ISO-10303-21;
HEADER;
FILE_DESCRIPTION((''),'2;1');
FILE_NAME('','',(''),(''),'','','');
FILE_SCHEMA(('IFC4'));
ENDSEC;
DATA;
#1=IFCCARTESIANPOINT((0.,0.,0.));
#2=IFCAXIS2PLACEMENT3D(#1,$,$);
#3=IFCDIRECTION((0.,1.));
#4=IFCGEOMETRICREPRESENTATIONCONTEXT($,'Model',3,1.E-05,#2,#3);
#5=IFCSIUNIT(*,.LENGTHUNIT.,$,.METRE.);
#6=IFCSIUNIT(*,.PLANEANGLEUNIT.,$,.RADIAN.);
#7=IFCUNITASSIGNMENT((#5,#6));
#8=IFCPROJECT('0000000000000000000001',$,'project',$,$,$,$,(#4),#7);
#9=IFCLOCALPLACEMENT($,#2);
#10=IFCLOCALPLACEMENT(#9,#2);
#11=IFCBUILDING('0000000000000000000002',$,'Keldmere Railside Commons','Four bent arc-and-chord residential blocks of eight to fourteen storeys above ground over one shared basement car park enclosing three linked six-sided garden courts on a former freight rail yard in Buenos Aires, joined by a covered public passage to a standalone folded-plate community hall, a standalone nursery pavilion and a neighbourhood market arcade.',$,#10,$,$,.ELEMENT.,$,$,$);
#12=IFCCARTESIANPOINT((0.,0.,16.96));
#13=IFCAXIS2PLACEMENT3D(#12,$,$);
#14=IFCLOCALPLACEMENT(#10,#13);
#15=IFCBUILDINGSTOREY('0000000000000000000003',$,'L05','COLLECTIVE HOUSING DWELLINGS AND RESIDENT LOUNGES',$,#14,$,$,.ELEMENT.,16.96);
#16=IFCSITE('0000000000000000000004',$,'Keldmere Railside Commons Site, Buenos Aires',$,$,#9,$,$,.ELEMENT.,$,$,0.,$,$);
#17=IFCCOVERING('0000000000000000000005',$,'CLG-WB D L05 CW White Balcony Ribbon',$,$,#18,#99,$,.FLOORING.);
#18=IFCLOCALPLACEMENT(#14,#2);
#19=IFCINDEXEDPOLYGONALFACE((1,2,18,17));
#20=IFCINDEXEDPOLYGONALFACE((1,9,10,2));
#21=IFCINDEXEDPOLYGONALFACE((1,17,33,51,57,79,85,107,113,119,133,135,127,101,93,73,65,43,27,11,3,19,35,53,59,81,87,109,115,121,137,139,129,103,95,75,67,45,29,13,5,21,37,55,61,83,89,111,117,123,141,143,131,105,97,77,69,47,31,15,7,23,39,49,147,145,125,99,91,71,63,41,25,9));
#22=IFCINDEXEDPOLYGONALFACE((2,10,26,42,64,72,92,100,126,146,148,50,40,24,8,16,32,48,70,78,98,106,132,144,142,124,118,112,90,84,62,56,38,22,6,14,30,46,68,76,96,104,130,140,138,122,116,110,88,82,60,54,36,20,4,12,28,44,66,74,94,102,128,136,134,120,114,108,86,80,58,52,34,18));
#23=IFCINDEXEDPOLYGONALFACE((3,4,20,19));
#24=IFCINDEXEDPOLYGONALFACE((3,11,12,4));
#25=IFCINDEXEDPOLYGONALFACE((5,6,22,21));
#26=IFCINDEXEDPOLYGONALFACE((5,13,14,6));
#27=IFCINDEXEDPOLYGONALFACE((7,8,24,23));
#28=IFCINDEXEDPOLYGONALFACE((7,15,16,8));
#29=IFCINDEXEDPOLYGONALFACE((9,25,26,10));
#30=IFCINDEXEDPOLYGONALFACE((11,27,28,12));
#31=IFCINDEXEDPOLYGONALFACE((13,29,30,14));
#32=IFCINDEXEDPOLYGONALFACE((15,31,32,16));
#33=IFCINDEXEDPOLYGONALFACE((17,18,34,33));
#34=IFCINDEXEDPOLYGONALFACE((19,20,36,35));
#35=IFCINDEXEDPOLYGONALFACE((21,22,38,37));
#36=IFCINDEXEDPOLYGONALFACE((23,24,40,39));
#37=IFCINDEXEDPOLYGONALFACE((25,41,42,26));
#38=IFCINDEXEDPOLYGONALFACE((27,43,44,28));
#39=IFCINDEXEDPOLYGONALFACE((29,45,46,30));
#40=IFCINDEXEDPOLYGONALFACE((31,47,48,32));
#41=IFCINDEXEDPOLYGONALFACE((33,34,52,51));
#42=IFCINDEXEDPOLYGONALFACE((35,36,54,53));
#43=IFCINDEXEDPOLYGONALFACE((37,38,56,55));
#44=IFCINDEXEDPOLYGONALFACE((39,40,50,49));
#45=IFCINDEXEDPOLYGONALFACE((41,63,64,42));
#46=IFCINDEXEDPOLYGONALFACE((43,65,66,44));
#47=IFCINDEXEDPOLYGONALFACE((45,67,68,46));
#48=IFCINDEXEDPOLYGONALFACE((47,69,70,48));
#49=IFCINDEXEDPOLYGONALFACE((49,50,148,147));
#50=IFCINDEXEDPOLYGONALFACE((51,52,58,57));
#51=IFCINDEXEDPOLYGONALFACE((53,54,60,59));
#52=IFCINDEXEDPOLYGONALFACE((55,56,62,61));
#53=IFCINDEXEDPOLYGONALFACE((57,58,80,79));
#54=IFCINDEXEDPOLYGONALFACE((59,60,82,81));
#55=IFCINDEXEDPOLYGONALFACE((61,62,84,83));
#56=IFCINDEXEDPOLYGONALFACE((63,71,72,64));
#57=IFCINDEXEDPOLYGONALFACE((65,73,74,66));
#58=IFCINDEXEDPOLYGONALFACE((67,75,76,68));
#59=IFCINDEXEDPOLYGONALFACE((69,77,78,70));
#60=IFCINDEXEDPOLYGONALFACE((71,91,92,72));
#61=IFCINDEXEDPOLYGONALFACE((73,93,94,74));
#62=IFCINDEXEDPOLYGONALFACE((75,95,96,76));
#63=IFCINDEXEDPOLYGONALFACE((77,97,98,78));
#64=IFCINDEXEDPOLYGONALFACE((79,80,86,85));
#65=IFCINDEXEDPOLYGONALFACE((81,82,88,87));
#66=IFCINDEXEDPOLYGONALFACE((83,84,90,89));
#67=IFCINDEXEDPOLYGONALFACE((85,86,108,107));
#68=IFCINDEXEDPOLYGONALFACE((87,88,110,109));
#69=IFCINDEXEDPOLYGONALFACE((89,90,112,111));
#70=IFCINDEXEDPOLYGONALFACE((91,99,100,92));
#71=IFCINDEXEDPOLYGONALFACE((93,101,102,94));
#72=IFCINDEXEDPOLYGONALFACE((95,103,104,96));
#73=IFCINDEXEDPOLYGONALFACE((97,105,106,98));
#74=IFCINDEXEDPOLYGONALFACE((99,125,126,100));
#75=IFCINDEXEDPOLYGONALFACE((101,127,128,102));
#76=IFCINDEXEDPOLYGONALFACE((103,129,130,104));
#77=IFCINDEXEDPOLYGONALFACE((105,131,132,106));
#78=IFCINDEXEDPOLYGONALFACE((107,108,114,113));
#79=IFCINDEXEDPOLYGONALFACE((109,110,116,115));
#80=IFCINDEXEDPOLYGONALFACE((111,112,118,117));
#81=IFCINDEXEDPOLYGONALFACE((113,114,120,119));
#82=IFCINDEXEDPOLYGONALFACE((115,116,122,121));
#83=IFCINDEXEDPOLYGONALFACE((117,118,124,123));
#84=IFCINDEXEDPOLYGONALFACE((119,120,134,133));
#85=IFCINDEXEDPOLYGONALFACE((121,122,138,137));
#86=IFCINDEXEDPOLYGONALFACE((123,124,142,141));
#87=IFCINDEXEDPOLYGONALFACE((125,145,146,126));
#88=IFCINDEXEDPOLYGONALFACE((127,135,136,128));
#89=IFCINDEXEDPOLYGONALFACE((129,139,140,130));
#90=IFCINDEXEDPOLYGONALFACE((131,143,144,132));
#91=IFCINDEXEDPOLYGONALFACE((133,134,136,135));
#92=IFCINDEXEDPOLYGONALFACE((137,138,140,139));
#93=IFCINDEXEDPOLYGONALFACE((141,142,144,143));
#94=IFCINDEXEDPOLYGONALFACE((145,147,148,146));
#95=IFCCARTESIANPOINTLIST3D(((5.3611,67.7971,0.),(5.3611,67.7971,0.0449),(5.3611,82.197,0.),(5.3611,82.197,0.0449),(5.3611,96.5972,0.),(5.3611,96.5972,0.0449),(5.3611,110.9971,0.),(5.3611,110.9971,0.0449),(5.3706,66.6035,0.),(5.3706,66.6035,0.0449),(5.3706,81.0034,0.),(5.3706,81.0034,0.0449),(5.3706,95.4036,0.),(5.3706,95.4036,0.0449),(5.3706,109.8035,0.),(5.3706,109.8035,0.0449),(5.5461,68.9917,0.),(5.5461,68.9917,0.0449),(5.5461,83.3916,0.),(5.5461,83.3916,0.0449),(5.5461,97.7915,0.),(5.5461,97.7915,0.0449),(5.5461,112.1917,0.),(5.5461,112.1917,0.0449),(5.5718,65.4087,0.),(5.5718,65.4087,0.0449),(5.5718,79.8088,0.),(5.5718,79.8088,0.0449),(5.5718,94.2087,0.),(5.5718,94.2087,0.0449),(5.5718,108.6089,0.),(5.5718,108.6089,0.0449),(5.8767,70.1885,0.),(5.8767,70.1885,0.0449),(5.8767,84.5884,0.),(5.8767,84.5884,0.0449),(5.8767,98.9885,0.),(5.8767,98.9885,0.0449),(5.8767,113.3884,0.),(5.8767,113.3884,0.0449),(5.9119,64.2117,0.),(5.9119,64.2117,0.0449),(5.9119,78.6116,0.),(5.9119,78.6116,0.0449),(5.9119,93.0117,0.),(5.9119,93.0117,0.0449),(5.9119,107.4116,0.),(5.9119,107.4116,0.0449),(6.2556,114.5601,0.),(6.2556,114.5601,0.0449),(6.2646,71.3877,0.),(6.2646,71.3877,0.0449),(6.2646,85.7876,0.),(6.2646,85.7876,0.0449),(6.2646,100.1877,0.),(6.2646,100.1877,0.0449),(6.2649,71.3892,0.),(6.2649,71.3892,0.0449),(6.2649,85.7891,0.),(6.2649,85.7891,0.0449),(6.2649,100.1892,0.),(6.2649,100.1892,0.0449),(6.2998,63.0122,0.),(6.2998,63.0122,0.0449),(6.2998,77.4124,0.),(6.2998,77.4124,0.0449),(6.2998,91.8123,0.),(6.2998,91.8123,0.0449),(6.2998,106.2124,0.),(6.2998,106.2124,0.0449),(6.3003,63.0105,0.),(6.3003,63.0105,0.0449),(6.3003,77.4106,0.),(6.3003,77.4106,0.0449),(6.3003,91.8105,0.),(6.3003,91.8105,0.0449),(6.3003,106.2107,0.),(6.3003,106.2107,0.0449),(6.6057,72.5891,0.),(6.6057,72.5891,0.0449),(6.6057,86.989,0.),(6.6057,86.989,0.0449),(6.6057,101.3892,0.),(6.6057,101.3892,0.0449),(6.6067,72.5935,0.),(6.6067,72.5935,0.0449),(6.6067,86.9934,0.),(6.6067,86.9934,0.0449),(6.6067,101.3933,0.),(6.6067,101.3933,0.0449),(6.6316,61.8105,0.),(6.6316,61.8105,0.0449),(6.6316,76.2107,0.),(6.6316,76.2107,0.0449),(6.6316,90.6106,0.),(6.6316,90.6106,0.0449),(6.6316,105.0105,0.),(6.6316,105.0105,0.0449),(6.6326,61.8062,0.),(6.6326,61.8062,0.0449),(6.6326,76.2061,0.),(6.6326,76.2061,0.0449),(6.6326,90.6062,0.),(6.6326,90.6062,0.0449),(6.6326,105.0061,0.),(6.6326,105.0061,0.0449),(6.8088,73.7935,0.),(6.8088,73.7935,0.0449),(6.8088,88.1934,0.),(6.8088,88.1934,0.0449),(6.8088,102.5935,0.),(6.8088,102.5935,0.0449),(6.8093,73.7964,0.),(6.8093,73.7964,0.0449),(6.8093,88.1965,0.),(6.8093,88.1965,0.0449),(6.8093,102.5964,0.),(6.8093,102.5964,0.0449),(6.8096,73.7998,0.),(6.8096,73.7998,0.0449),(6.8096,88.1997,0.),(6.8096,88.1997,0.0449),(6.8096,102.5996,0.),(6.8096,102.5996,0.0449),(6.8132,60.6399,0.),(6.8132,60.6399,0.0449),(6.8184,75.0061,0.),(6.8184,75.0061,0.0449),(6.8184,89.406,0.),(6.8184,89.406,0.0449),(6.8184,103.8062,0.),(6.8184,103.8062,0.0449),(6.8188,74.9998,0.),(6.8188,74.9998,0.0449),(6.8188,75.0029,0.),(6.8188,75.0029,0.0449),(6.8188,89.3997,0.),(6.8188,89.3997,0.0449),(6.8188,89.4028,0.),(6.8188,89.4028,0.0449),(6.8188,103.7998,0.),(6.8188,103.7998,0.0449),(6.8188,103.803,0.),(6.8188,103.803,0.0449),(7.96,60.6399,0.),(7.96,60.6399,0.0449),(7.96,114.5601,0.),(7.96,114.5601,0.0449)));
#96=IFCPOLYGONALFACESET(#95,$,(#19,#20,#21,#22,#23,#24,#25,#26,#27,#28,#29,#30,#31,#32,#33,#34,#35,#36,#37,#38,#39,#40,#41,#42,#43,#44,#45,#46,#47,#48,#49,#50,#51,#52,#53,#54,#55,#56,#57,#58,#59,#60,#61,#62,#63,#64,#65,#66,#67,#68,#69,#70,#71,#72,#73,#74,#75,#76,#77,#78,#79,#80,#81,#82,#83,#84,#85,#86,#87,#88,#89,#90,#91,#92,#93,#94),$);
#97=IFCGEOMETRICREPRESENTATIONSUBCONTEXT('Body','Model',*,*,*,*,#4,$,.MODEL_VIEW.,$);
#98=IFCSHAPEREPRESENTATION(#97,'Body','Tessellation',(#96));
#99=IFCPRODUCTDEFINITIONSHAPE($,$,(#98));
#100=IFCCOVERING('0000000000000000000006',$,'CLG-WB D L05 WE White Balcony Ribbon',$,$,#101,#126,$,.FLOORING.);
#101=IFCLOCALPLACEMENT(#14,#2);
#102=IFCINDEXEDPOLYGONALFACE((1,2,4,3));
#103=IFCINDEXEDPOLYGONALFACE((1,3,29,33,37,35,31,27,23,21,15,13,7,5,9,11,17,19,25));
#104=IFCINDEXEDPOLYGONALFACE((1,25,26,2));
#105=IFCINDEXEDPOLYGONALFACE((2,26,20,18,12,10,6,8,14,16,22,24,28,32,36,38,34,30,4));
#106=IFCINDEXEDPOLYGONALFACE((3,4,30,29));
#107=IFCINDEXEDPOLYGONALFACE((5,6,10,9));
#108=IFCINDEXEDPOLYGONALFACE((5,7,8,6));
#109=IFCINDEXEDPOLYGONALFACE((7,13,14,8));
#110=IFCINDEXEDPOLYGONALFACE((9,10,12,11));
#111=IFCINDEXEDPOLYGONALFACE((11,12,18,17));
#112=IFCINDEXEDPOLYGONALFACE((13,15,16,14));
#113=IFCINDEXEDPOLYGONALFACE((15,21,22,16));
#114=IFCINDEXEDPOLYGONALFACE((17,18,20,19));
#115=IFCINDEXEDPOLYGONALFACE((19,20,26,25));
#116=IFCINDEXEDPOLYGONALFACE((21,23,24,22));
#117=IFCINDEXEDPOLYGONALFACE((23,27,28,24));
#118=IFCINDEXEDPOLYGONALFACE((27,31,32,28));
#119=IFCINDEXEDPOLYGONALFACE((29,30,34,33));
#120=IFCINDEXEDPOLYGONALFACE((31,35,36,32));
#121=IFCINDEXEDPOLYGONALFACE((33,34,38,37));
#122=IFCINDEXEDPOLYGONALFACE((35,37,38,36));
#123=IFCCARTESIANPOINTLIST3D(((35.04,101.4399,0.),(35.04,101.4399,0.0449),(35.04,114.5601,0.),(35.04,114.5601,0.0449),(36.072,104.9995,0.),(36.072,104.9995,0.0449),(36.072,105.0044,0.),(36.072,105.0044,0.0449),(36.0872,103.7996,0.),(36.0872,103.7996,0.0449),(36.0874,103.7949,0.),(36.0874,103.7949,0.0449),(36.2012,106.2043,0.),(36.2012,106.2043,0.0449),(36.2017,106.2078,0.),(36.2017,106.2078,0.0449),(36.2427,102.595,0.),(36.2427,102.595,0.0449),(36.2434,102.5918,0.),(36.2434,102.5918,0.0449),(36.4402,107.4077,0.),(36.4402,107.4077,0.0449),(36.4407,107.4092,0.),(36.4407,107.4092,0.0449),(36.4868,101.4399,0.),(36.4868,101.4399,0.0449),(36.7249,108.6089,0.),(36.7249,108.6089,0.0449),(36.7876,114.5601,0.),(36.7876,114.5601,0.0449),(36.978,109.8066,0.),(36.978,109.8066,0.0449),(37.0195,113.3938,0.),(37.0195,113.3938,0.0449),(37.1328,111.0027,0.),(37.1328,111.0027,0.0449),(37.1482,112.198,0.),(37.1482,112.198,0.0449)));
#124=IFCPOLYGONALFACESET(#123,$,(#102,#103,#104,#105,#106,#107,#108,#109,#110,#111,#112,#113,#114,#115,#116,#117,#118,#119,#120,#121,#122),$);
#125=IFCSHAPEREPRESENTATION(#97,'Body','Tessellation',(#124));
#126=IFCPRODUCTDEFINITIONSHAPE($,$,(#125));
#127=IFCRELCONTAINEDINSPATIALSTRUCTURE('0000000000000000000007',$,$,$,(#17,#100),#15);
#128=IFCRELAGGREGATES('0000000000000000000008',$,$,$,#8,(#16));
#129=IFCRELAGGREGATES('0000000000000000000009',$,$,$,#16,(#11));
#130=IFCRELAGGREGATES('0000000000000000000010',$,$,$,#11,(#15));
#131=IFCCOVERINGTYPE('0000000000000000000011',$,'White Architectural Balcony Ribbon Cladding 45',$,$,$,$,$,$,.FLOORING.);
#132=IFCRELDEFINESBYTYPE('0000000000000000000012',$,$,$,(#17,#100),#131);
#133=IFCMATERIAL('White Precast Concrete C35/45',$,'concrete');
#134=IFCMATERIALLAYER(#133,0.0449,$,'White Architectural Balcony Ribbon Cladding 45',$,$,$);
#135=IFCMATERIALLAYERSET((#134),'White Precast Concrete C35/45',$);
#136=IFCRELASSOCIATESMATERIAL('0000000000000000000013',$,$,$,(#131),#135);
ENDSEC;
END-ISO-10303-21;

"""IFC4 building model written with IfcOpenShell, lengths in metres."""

from ifc_helpers import new_model, si_unit, direction, frame, origin, place, context, subcontext, project, spatial, polyline, outline, extrude, material, layer, layer_set, type_object, element, save


model = new_model("IFC4")

# Units and contexts
model_context = context("Model", 3, precision=1e-05, world=origin(), true_north=direction((0.0, 1.0)))
body_context = subcontext(model_context, "Body", "Model", "MODEL_VIEW")
ifc_project = project(units=[si_unit("LENGTHUNIT", "METRE"), si_unit("PLANEANGLEUNIT", "RADIAN")], contexts=[model_context])

# Site, building, storey
site_placement = place(None, origin())
site = spatial("IfcSite", under=ifc_project, at=site_placement, Name="Keldmere Railside Commons Site, Buenos Aires", CompositionType="ELEMENT", RefElevation=0.0)
building_placement = place(site_placement, origin())
building = spatial("IfcBuilding", under=site, at=building_placement, Name="Keldmere Railside Commons", Description="Four bent arc-and-chord residential blocks of eight to fourteen storeys above ground over one shared basement car park enclosing three linked six-sided garden courts on a former freight rail yard in Buenos Aires, joined by a covered public passage to a standalone folded-plate community hall, a standalone nursery pavilion and a neighbourhood market arcade.", CompositionType="ELEMENT")
storey_placement = place(building_placement, frame((0.0, 0.0, 16.96)))
storey = spatial("IfcBuildingStorey", under=building, at=storey_placement, Name="L05", Description="COLLECTIVE HOUSING DWELLINGS AND RESIDENT LOUNGES", CompositionType="ELEMENT", Elevation=16.96)

# Coverings
ifc_material_1 = material(Name="White Precast Concrete C35/45", Category="concrete")
ifc_layer_1 = layer(ifc_material_1, 0.0449, Name="White Architectural Balcony Ribbon Cladding 45")
ifc_layer_set_1 = layer_set([ifc_layer_1], Name="White Precast Concrete C35/45")
covering_type_1 = type_object("IfcCoveringType", Name="White Architectural Balcony Ribbon Cladding 45", PredefinedType="FLOORING", material=ifc_layer_set_1)
covering_1_placement = place(storey_placement, origin())
element("IfcCovering", 1, at=covering_1_placement, inside=storey, type_object=covering_type_1, Name="CLG-WB D L05 CW White Balcony Ribbon", PredefinedType="FLOORING", context=body_context, shape_type="SweptSolid", body=[
    extrude(outline(polyline([(7.96, 114.5601), (6.2556, 114.5601), (5.8767, 113.3884), (5.5461, 112.1917), (5.3611, 110.9971), (5.3706, 109.8035), (5.5718, 108.6089), (5.9119, 107.4116), (6.2998, 106.2124), (6.3003, 106.2107), (6.6316, 105.0105), (6.6326, 105.0061), (6.8184, 103.8062), (6.8188, 103.803), (6.8188, 103.7998), (6.8096, 102.5996), (6.8093, 102.5964), (6.8088, 102.5935), (6.6067, 101.3933), (6.6057, 101.3892), (6.2649, 100.1892), (6.2646, 100.1877), (5.8767, 98.9885), (5.5461, 97.7915), (5.3611, 96.5972), (5.3706, 95.4036), (5.5718, 94.2087), (5.9119, 93.0117), (6.2998, 91.8123), (6.3003, 91.8105), (6.6316, 90.6106), (6.6326, 90.6062), (6.8184, 89.406), (6.8188, 89.4028), (6.8188, 89.3997), (6.8096, 88.1997), (6.8093, 88.1965), (6.8088, 88.1934), (6.6067, 86.9934), (6.6057, 86.989), (6.2649, 85.7891), (6.2646, 85.7876), (5.8767, 84.5884), (5.5461, 83.3916), (5.3611, 82.197), (5.3706, 81.0034), (5.5718, 79.8088), (5.9119, 78.6116), (6.2998, 77.4124), (6.3003, 77.4106), (6.6316, 76.2107), (6.6326, 76.2061), (6.8184, 75.0061), (6.8188, 75.0029), (6.8188, 74.9998), (6.8096, 73.7998), (6.8093, 73.7964), (6.8088, 73.7935), (6.6067, 72.5935), (6.6057, 72.5891), (6.2649, 71.3892), (6.2646, 71.3877), (5.8767, 70.1885), (5.5461, 68.9917), (5.3611, 67.7971), (5.3706, 66.6035), (5.5718, 65.4087), (5.9119, 64.2117), (6.2998, 63.0122), (6.3003, 63.0105), (6.6316, 61.8105), (6.6326, 61.8062), (6.8132, 60.6399), (7.96, 60.6399), (7.96, 114.5601)])), origin(), (0.0, 0.0, 1.0), 0.0449),
])
covering_2_placement = place(storey_placement, origin())
element("IfcCovering", 2, at=covering_2_placement, inside=storey, type_object=covering_type_1, Name="CLG-WB D L05 WE White Balcony Ribbon", PredefinedType="FLOORING", context=body_context, shape_type="SweptSolid", body=[
    extrude(outline(polyline([(36.2434, 102.5918), (36.2427, 102.595), (36.0874, 103.7949), (36.0872, 103.7996), (36.072, 104.9995), (36.072, 105.0044), (36.2012, 106.2043), (36.2017, 106.2078), (36.4402, 107.4077), (36.4407, 107.4092), (36.7249, 108.6089), (36.978, 109.8066), (37.1328, 111.0027), (37.1482, 112.198), (37.0195, 113.3938), (36.7876, 114.5601), (35.04, 114.5601), (35.04, 101.4399), (36.4868, 101.4399), (36.2434, 102.5918)])), origin(), (0.0, 0.0, 1.0), 0.0449),
])

save(model, "model.ifc")
